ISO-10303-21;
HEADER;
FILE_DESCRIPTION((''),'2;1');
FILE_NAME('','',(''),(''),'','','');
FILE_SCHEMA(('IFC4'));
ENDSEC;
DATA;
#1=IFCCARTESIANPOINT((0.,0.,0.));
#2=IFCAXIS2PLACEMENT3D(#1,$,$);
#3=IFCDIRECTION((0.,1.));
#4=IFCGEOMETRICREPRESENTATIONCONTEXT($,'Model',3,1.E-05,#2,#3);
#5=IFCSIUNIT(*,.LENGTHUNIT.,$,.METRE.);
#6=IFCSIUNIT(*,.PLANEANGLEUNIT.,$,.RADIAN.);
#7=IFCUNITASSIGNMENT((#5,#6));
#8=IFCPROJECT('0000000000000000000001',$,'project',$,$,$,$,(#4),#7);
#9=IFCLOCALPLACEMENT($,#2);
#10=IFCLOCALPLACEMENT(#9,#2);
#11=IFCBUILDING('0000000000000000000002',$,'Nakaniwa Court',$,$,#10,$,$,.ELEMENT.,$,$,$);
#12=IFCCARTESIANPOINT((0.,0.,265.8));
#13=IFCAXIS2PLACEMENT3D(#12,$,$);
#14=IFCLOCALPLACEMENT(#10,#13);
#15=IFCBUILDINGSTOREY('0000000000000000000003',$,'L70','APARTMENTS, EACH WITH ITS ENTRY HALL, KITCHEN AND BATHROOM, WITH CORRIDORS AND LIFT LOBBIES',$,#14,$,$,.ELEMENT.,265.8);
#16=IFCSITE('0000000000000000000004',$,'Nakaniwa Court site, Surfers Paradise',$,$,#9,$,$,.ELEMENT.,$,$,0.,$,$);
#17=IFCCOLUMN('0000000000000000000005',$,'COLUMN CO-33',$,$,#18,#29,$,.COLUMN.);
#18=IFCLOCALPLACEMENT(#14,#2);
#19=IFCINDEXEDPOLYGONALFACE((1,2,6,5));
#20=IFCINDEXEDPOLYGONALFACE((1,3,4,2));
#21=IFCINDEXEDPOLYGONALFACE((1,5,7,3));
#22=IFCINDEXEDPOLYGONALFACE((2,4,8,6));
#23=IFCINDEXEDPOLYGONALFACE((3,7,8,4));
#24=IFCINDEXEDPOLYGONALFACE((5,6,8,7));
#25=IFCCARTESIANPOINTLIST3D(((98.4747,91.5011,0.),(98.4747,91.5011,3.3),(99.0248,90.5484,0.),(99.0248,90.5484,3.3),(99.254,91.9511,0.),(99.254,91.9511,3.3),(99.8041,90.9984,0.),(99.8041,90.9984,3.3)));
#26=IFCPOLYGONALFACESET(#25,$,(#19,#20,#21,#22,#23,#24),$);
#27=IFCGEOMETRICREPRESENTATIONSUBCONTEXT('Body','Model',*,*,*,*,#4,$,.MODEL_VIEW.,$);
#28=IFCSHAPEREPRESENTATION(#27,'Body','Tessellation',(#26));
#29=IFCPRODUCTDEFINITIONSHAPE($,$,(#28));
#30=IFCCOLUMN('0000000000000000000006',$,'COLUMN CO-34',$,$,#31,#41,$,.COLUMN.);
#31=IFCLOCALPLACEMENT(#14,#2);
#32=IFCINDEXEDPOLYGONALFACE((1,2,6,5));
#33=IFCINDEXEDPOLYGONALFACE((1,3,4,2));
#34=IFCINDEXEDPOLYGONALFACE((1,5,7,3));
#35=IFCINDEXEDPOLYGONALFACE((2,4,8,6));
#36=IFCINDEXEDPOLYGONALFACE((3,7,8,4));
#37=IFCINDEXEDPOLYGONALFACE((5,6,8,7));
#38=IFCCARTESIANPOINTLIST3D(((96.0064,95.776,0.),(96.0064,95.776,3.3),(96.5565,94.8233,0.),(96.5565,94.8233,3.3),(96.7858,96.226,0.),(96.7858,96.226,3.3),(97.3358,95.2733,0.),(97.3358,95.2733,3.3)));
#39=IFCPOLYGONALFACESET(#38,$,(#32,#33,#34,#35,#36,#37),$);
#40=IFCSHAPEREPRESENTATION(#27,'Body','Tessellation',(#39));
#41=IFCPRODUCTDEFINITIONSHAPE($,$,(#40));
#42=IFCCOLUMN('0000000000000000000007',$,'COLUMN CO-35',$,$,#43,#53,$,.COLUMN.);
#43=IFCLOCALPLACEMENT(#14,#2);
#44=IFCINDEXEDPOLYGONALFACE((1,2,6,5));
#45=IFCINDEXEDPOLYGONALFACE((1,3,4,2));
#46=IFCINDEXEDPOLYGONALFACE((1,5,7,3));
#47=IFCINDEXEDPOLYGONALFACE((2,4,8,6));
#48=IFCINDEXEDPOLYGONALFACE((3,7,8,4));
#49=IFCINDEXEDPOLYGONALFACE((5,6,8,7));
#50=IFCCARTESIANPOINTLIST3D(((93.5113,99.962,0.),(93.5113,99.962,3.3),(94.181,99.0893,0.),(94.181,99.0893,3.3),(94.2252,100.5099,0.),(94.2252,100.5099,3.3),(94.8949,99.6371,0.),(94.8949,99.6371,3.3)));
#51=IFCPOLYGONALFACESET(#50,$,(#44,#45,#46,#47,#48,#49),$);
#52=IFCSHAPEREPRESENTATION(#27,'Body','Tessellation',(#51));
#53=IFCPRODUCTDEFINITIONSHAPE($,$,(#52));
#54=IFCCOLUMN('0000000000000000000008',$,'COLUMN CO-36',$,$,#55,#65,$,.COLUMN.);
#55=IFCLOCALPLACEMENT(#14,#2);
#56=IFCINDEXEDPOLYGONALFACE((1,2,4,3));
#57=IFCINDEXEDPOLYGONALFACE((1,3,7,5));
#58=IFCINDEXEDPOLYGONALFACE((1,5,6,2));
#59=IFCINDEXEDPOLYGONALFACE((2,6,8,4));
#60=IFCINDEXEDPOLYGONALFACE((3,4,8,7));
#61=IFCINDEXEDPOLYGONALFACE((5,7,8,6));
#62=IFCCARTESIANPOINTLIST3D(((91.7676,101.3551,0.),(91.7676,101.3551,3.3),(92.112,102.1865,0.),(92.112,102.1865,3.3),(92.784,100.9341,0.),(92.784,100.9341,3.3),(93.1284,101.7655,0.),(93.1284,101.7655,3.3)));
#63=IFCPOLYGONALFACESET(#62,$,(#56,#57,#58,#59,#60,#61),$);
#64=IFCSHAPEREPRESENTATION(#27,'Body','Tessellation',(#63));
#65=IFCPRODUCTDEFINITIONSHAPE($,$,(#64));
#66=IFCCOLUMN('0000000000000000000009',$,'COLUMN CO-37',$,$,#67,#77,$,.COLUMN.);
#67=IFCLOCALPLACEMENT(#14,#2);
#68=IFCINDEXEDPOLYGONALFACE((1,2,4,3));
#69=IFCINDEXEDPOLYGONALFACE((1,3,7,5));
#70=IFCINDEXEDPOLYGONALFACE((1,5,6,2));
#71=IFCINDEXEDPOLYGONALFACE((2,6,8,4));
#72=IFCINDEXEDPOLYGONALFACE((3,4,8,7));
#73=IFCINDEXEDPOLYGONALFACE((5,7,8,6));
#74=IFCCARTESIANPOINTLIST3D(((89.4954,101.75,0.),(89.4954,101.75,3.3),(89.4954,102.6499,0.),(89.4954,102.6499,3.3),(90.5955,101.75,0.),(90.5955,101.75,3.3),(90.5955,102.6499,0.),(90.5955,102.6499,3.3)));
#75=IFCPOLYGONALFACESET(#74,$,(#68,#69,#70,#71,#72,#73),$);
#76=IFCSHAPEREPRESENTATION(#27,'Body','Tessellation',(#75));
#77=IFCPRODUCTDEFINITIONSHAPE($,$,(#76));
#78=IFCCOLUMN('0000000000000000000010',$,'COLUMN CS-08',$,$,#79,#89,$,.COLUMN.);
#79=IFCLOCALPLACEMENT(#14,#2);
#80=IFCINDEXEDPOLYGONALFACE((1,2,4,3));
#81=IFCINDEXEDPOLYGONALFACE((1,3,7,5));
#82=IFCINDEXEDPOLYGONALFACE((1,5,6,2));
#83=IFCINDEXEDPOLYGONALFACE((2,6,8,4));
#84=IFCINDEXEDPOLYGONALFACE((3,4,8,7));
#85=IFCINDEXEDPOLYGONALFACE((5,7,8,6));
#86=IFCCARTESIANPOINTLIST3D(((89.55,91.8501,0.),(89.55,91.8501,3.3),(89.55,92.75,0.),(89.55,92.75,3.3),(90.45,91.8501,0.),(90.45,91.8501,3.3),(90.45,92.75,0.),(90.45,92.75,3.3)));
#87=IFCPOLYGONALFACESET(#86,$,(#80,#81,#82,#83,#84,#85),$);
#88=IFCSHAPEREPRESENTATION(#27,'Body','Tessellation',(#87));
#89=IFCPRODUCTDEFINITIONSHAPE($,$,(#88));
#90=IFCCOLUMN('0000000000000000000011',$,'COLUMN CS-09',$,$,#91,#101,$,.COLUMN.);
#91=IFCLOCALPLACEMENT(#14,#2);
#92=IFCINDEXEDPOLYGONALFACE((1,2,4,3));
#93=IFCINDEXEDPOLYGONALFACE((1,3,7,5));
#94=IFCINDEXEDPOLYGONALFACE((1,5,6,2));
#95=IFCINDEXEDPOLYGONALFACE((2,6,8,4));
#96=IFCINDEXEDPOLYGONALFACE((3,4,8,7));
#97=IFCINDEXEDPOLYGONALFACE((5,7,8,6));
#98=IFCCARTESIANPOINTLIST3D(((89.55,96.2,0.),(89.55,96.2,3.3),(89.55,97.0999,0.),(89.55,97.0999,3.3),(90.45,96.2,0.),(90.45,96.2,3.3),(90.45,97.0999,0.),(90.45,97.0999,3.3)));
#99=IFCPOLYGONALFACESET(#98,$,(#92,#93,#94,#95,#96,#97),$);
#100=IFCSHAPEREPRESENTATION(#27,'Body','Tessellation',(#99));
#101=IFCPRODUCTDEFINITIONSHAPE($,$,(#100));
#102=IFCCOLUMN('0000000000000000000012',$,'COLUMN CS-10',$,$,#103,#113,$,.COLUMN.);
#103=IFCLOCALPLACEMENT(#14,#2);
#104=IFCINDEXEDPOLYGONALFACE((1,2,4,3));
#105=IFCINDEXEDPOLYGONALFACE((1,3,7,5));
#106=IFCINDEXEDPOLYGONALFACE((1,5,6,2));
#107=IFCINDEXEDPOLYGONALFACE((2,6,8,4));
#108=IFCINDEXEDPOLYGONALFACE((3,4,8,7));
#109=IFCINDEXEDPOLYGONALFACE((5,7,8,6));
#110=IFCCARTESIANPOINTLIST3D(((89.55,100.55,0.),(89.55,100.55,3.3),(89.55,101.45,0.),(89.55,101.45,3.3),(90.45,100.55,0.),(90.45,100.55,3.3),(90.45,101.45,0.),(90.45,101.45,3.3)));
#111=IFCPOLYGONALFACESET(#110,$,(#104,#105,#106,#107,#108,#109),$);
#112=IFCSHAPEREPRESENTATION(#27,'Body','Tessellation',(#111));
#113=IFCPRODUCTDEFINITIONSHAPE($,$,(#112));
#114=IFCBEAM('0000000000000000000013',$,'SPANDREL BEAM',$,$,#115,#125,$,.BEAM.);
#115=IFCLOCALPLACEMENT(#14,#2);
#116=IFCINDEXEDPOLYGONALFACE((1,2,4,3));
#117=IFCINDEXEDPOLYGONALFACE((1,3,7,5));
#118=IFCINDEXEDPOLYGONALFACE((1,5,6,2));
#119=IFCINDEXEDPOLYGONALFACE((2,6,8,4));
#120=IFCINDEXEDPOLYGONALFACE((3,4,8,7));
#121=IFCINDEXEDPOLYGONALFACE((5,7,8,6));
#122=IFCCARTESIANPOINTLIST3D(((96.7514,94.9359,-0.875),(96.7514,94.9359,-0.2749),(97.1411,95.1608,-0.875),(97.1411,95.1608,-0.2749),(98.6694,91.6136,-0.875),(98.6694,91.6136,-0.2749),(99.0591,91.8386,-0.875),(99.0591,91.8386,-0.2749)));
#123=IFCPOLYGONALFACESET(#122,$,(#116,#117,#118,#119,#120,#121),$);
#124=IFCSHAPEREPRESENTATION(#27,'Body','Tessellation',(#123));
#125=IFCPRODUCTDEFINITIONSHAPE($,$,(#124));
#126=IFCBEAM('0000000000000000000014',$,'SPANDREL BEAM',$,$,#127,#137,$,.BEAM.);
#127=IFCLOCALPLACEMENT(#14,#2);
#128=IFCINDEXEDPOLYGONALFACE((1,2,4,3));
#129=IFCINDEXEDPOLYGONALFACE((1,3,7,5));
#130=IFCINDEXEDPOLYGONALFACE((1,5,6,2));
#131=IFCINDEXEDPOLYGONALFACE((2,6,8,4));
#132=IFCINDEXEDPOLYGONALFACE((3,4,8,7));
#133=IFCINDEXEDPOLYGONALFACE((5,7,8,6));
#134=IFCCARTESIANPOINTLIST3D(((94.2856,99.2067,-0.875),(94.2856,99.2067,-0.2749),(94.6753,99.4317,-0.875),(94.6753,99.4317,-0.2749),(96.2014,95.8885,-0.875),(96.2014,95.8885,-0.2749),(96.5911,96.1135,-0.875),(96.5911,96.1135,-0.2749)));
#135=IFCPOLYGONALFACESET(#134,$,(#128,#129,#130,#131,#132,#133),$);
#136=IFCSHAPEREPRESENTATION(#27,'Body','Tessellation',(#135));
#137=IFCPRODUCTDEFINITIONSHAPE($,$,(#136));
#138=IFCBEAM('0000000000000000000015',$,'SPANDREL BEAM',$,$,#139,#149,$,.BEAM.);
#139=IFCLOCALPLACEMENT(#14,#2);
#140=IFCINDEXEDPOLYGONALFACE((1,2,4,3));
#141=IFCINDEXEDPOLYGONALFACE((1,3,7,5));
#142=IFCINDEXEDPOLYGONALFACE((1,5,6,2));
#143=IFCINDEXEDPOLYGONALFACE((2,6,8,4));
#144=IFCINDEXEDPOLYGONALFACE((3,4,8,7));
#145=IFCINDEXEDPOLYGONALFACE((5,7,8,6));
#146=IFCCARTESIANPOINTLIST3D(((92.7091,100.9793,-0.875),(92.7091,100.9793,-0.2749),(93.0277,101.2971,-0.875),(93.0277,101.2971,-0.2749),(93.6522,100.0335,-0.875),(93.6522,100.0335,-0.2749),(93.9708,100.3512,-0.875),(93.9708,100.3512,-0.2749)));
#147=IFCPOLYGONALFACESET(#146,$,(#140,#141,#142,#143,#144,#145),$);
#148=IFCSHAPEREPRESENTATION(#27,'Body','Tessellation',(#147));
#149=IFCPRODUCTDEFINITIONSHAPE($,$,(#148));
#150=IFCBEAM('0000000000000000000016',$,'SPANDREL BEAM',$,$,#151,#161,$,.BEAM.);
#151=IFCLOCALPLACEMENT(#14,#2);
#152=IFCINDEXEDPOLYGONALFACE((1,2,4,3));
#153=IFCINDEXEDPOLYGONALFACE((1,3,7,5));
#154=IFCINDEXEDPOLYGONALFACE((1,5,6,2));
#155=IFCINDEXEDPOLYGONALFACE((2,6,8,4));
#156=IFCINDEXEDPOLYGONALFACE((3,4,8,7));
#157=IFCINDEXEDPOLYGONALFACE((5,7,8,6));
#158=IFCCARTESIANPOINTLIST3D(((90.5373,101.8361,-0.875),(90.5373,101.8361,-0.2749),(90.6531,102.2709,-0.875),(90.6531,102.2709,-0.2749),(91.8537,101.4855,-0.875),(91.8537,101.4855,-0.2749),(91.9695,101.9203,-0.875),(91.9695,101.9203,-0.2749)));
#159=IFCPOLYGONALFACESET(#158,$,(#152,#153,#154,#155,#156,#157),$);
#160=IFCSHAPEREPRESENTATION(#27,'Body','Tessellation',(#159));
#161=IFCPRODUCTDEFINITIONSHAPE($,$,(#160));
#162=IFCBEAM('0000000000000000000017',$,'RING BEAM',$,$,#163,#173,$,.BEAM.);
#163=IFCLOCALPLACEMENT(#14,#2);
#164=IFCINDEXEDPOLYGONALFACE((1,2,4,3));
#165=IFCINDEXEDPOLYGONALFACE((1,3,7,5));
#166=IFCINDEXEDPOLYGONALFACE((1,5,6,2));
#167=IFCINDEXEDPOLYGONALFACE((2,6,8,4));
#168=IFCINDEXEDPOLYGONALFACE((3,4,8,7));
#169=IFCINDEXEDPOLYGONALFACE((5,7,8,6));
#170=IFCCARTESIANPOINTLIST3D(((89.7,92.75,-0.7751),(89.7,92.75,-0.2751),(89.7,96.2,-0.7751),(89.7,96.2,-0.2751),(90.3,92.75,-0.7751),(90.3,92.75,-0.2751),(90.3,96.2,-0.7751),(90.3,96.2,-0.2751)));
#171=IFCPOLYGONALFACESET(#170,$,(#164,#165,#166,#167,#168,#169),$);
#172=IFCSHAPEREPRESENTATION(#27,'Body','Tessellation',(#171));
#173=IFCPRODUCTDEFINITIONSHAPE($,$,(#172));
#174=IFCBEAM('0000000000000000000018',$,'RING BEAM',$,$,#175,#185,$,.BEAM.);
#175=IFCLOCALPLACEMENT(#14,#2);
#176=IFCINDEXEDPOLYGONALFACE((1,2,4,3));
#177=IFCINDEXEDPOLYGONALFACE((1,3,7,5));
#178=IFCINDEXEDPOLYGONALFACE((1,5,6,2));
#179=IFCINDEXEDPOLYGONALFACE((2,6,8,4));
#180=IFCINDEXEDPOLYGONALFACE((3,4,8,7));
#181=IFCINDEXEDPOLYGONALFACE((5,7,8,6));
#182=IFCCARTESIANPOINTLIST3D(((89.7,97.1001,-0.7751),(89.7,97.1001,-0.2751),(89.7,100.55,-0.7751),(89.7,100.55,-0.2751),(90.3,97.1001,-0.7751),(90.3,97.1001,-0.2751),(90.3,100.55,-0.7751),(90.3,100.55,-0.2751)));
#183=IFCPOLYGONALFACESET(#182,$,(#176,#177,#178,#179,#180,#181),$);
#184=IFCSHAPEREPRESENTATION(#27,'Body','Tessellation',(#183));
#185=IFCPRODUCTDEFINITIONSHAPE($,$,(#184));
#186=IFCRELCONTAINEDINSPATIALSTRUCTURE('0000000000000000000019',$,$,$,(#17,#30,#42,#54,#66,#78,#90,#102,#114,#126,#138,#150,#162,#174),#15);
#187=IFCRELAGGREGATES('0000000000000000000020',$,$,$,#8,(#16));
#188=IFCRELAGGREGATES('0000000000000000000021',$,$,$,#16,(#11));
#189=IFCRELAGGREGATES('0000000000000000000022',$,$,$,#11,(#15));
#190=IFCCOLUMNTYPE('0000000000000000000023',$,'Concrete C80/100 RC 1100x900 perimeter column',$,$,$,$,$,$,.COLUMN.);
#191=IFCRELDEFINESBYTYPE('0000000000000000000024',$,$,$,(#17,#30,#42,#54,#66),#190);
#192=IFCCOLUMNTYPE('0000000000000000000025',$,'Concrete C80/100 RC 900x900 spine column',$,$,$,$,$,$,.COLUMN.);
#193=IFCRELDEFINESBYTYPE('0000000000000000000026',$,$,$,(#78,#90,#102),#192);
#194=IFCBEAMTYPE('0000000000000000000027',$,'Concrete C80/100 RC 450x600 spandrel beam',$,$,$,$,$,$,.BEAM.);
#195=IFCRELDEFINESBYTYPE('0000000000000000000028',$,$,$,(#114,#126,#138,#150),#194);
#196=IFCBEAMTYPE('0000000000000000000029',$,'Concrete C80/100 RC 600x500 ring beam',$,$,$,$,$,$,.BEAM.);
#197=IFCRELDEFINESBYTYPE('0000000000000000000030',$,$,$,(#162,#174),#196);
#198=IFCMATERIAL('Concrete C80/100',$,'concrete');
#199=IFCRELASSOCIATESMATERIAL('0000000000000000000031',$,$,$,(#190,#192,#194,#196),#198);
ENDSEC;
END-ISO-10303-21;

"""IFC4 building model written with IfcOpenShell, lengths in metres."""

from ifc_helpers import new_model, si_unit, direction, frame, origin, origin_2d, place, context, subcontext, project, spatial, rectangle, extrude, material, material_profile, profile_set, type_object, element, save


model = new_model("IFC4")

# Units and contexts
model_context = context("Model", 3, precision=1e-05, world=origin(), true_north=direction((0.0, 1.0)))
body_context = subcontext(model_context, "Body", "Model", "MODEL_VIEW")
ifc_project = project(units=[si_unit("LENGTHUNIT", "METRE"), si_unit("PLANEANGLEUNIT", "RADIAN")], contexts=[model_context])

# Site, building, storey
site_placement = place(None, origin())
site = spatial("IfcSite", under=ifc_project, at=site_placement, Name="Nakaniwa Court site, Surfers Paradise", CompositionType="ELEMENT", RefElevation=0.0)
building_placement = place(site_placement, origin())
building = spatial("IfcBuilding", under=site, at=building_placement, Name="Nakaniwa Court", CompositionType="ELEMENT")
storey_placement = place(building_placement, frame((0.0, 0.0, 265.8)))
storey = spatial("IfcBuildingStorey", under=building, at=storey_placement, Name="L70", Description="APARTMENTS, EACH WITH ITS ENTRY HALL, KITCHEN AND BATHROOM, WITH CORRIDORS AND LIFT LOBBIES", CompositionType="ELEMENT", Elevation=265.8)

# Columns
ifc_material_1 = material(Name="Concrete C80/100", Category="concrete")
ifc_material_profile_1 = material_profile(ifc_material_1, rectangle(XDim=1.1001, YDim=0.8999, at=origin_2d()), Name="Concrete C80/100 RC 1100x900 perimeter column")
ifc_profile_set_1 = profile_set([ifc_material_profile_1], Name="Concrete C80/100")
column_type_1 = type_object("IfcColumnType", Name="Concrete C80/100 RC 1100x900 perimeter column", PredefinedType="COLUMN", material=ifc_profile_set_1)
for number, where, z_axis, x_axis, name in (
    (1, (99.1394, 91.2498, 0.0), (0.0, 0.0, 1.0), (-0.5, 0.866025, 0.0), "COLUMN CO-33"),
    (2, (96.6711, 95.5247, 0.0), (0.0, 0.0, 1.0), (-0.5, 0.866025, 0.0), "COLUMN CO-34"),
    (3, (94.2031, 99.7996, 0.0), (0.0, 0.0, 1.0), (-0.608761, 0.793353, 0.0), "COLUMN CO-35"),
    (4, (92.448, 101.5603, 0.0), (0.0, 0.0, 1.0), (-0.92388, 0.382683, 0.0), "COLUMN CO-36"),
    (5, (90.0454, 102.2, 0.0), (0.0, 0.0, 1.0), (-1.0, 0.0, 0.0), "COLUMN CO-37"),
):
    element("IfcColumn", number, at=place(storey_placement, frame(where, z_axis=z_axis, x_axis=x_axis)), inside=storey, type_object=column_type_1, Name=name, PredefinedType="COLUMN", context=body_context, shape_type="SweptSolid", body=[
        extrude(rectangle(XDim=1.1001, YDim=0.8999, at=origin_2d()), origin(), (0.0, 0.0, 1.0), 3.3),
    ])
ifc_material_profile_2 = material_profile(ifc_material_1, rectangle(XDim=0.8999, YDim=0.8999, at=origin_2d()), Name="Concrete C80/100 RC 900x900 spine column")
ifc_profile_set_2 = profile_set([ifc_material_profile_2], Name="Concrete C80/100")
column_type_2 = type_object("IfcColumnType", Name="Concrete C80/100 RC 900x900 spine column", PredefinedType="COLUMN", material=ifc_profile_set_2)
for number, where, z_axis, x_axis, name in (
    (6, (90.0, 92.3, 0.0), (0.0, 0.0, 1.0), (0.0, 1.0, 0.0), "COLUMN CS-08"),
    (7, (90.0, 96.6499, 0.0), (0.0, 0.0, 1.0), (0.0, 1.0, 0.0), "COLUMN CS-09"),
    (8, (90.0, 101.0, 0.0), (0.0, 0.0, 1.0), (0.0, 1.0, 0.0), "COLUMN CS-10"),
):
    element("IfcColumn", number, at=place(storey_placement, frame(where, z_axis=z_axis, x_axis=x_axis)), inside=storey, type_object=column_type_2, Name=name, PredefinedType="COLUMN", context=body_context, shape_type="SweptSolid", body=[
        extrude(rectangle(XDim=0.8999, YDim=0.8999, at=origin_2d()), origin(), (0.0, 0.0, 1.0), 3.3),
    ])

# Beams
ifc_material_profile_3 = material_profile(ifc_material_1, rectangle(XDim=0.45, YDim=0.6001, at=origin_2d()), Name="Concrete C80/100 RC 450x600 spandrel beam")
ifc_profile_set_3 = profile_set([ifc_material_profile_3], Name="Concrete C80/100")
beam_type_1 = type_object("IfcBeamType", Name="Concrete C80/100 RC 450x600 spandrel beam", PredefinedType="BEAM", material=ifc_profile_set_3)
beam_1_placement = place(storey_placement, frame((98.8643, 91.7261, -0.575), z_axis=(-0.499972, 0.866041, 0.0), x_axis=(-0.866041, -0.499972, 0.0)))
element("IfcBeam", 9, at=beam_1_placement, inside=storey, type_object=beam_type_1, Name="SPANDREL BEAM", PredefinedType="BEAM", context=body_context, shape_type="SweptSolid", body=[
    extrude(rectangle(XDim=0.45, YDim=0.6001, at=origin_2d()), origin(), (0.0, 0.0, 1.0), 3.8362),
])
beam_2_placement = place(storey_placement, frame((96.3962, 96.001, -0.575), z_axis=(-0.500011, 0.866019, 0.0), x_axis=(-0.866019, -0.500011, 0.0)))
element("IfcBeam", 10, at=beam_2_placement, inside=storey, type_object=beam_type_1, Name="SPANDREL BEAM", PredefinedType="BEAM", context=body_context, shape_type="SweptSolid", body=[
    extrude(rectangle(XDim=0.45, YDim=0.6001, at=origin_2d()), origin(), (0.0, 0.0, 1.0), 3.8315),
])
beam_3_placement = place(storey_placement, frame((93.8115, 100.1924, -0.575), z_axis=(-0.706101, 0.708111, 0.0), x_axis=(-0.708111, -0.706101, 0.0)))
element("IfcBeam", 11, at=beam_3_placement, inside=storey, type_object=beam_type_1, Name="SPANDREL BEAM", PredefinedType="BEAM", context=body_context, shape_type="SweptSolid", body=[
    extrude(rectangle(XDim=0.45, YDim=0.6001, at=origin_2d()), origin(), (0.0, 0.0, 1.0), 1.3357),
])
beam_4_placement = place(storey_placement, frame((91.9116, 101.7029, -0.575), z_axis=(-0.966318, 0.25735, 0.0), x_axis=(-0.25735, -0.966318, 0.0)))
element("IfcBeam", 12, at=beam_4_placement, inside=storey, type_object=beam_type_1, Name="SPANDREL BEAM", PredefinedType="BEAM", context=body_context, shape_type="SweptSolid", body=[
    extrude(rectangle(XDim=0.45, YDim=0.6001, at=origin_2d()), origin(), (0.0, 0.0, 1.0), 1.3623),
])
ifc_material_profile_4 = material_profile(ifc_material_1, rectangle(XDim=0.6001, YDim=0.5, at=origin_2d()), Name="Concrete C80/100 RC 600x500 ring beam")
ifc_profile_set_4 = profile_set([ifc_material_profile_4], Name="Concrete C80/100")
beam_type_2 = type_object("IfcBeamType", Name="Concrete C80/100 RC 600x500 ring beam", PredefinedType="BEAM", material=ifc_profile_set_4)
for number, where, z_axis, x_axis, name in (
    (13, (90.0, 92.75, -0.5251), (0.0, 1.0, 0.0), (-1.0, 0.0, 0.0), "RING BEAM"),
    (14, (90.0, 97.1001, -0.5251), (0.0, 1.0, 0.0), (-1.0, 0.0, 0.0), "RING BEAM"),
):
    element("IfcBeam", number, at=place(storey_placement, frame(where, z_axis=z_axis, x_axis=x_axis)), inside=storey, type_object=beam_type_2, Name=name, PredefinedType="BEAM", context=body_context, shape_type="SweptSolid", body=[
        extrude(rectangle(XDim=0.6001, YDim=0.5, at=origin_2d()), origin(), (0.0, 0.0, 1.0), 3.45),
    ])

save(model, "model.ifc")
